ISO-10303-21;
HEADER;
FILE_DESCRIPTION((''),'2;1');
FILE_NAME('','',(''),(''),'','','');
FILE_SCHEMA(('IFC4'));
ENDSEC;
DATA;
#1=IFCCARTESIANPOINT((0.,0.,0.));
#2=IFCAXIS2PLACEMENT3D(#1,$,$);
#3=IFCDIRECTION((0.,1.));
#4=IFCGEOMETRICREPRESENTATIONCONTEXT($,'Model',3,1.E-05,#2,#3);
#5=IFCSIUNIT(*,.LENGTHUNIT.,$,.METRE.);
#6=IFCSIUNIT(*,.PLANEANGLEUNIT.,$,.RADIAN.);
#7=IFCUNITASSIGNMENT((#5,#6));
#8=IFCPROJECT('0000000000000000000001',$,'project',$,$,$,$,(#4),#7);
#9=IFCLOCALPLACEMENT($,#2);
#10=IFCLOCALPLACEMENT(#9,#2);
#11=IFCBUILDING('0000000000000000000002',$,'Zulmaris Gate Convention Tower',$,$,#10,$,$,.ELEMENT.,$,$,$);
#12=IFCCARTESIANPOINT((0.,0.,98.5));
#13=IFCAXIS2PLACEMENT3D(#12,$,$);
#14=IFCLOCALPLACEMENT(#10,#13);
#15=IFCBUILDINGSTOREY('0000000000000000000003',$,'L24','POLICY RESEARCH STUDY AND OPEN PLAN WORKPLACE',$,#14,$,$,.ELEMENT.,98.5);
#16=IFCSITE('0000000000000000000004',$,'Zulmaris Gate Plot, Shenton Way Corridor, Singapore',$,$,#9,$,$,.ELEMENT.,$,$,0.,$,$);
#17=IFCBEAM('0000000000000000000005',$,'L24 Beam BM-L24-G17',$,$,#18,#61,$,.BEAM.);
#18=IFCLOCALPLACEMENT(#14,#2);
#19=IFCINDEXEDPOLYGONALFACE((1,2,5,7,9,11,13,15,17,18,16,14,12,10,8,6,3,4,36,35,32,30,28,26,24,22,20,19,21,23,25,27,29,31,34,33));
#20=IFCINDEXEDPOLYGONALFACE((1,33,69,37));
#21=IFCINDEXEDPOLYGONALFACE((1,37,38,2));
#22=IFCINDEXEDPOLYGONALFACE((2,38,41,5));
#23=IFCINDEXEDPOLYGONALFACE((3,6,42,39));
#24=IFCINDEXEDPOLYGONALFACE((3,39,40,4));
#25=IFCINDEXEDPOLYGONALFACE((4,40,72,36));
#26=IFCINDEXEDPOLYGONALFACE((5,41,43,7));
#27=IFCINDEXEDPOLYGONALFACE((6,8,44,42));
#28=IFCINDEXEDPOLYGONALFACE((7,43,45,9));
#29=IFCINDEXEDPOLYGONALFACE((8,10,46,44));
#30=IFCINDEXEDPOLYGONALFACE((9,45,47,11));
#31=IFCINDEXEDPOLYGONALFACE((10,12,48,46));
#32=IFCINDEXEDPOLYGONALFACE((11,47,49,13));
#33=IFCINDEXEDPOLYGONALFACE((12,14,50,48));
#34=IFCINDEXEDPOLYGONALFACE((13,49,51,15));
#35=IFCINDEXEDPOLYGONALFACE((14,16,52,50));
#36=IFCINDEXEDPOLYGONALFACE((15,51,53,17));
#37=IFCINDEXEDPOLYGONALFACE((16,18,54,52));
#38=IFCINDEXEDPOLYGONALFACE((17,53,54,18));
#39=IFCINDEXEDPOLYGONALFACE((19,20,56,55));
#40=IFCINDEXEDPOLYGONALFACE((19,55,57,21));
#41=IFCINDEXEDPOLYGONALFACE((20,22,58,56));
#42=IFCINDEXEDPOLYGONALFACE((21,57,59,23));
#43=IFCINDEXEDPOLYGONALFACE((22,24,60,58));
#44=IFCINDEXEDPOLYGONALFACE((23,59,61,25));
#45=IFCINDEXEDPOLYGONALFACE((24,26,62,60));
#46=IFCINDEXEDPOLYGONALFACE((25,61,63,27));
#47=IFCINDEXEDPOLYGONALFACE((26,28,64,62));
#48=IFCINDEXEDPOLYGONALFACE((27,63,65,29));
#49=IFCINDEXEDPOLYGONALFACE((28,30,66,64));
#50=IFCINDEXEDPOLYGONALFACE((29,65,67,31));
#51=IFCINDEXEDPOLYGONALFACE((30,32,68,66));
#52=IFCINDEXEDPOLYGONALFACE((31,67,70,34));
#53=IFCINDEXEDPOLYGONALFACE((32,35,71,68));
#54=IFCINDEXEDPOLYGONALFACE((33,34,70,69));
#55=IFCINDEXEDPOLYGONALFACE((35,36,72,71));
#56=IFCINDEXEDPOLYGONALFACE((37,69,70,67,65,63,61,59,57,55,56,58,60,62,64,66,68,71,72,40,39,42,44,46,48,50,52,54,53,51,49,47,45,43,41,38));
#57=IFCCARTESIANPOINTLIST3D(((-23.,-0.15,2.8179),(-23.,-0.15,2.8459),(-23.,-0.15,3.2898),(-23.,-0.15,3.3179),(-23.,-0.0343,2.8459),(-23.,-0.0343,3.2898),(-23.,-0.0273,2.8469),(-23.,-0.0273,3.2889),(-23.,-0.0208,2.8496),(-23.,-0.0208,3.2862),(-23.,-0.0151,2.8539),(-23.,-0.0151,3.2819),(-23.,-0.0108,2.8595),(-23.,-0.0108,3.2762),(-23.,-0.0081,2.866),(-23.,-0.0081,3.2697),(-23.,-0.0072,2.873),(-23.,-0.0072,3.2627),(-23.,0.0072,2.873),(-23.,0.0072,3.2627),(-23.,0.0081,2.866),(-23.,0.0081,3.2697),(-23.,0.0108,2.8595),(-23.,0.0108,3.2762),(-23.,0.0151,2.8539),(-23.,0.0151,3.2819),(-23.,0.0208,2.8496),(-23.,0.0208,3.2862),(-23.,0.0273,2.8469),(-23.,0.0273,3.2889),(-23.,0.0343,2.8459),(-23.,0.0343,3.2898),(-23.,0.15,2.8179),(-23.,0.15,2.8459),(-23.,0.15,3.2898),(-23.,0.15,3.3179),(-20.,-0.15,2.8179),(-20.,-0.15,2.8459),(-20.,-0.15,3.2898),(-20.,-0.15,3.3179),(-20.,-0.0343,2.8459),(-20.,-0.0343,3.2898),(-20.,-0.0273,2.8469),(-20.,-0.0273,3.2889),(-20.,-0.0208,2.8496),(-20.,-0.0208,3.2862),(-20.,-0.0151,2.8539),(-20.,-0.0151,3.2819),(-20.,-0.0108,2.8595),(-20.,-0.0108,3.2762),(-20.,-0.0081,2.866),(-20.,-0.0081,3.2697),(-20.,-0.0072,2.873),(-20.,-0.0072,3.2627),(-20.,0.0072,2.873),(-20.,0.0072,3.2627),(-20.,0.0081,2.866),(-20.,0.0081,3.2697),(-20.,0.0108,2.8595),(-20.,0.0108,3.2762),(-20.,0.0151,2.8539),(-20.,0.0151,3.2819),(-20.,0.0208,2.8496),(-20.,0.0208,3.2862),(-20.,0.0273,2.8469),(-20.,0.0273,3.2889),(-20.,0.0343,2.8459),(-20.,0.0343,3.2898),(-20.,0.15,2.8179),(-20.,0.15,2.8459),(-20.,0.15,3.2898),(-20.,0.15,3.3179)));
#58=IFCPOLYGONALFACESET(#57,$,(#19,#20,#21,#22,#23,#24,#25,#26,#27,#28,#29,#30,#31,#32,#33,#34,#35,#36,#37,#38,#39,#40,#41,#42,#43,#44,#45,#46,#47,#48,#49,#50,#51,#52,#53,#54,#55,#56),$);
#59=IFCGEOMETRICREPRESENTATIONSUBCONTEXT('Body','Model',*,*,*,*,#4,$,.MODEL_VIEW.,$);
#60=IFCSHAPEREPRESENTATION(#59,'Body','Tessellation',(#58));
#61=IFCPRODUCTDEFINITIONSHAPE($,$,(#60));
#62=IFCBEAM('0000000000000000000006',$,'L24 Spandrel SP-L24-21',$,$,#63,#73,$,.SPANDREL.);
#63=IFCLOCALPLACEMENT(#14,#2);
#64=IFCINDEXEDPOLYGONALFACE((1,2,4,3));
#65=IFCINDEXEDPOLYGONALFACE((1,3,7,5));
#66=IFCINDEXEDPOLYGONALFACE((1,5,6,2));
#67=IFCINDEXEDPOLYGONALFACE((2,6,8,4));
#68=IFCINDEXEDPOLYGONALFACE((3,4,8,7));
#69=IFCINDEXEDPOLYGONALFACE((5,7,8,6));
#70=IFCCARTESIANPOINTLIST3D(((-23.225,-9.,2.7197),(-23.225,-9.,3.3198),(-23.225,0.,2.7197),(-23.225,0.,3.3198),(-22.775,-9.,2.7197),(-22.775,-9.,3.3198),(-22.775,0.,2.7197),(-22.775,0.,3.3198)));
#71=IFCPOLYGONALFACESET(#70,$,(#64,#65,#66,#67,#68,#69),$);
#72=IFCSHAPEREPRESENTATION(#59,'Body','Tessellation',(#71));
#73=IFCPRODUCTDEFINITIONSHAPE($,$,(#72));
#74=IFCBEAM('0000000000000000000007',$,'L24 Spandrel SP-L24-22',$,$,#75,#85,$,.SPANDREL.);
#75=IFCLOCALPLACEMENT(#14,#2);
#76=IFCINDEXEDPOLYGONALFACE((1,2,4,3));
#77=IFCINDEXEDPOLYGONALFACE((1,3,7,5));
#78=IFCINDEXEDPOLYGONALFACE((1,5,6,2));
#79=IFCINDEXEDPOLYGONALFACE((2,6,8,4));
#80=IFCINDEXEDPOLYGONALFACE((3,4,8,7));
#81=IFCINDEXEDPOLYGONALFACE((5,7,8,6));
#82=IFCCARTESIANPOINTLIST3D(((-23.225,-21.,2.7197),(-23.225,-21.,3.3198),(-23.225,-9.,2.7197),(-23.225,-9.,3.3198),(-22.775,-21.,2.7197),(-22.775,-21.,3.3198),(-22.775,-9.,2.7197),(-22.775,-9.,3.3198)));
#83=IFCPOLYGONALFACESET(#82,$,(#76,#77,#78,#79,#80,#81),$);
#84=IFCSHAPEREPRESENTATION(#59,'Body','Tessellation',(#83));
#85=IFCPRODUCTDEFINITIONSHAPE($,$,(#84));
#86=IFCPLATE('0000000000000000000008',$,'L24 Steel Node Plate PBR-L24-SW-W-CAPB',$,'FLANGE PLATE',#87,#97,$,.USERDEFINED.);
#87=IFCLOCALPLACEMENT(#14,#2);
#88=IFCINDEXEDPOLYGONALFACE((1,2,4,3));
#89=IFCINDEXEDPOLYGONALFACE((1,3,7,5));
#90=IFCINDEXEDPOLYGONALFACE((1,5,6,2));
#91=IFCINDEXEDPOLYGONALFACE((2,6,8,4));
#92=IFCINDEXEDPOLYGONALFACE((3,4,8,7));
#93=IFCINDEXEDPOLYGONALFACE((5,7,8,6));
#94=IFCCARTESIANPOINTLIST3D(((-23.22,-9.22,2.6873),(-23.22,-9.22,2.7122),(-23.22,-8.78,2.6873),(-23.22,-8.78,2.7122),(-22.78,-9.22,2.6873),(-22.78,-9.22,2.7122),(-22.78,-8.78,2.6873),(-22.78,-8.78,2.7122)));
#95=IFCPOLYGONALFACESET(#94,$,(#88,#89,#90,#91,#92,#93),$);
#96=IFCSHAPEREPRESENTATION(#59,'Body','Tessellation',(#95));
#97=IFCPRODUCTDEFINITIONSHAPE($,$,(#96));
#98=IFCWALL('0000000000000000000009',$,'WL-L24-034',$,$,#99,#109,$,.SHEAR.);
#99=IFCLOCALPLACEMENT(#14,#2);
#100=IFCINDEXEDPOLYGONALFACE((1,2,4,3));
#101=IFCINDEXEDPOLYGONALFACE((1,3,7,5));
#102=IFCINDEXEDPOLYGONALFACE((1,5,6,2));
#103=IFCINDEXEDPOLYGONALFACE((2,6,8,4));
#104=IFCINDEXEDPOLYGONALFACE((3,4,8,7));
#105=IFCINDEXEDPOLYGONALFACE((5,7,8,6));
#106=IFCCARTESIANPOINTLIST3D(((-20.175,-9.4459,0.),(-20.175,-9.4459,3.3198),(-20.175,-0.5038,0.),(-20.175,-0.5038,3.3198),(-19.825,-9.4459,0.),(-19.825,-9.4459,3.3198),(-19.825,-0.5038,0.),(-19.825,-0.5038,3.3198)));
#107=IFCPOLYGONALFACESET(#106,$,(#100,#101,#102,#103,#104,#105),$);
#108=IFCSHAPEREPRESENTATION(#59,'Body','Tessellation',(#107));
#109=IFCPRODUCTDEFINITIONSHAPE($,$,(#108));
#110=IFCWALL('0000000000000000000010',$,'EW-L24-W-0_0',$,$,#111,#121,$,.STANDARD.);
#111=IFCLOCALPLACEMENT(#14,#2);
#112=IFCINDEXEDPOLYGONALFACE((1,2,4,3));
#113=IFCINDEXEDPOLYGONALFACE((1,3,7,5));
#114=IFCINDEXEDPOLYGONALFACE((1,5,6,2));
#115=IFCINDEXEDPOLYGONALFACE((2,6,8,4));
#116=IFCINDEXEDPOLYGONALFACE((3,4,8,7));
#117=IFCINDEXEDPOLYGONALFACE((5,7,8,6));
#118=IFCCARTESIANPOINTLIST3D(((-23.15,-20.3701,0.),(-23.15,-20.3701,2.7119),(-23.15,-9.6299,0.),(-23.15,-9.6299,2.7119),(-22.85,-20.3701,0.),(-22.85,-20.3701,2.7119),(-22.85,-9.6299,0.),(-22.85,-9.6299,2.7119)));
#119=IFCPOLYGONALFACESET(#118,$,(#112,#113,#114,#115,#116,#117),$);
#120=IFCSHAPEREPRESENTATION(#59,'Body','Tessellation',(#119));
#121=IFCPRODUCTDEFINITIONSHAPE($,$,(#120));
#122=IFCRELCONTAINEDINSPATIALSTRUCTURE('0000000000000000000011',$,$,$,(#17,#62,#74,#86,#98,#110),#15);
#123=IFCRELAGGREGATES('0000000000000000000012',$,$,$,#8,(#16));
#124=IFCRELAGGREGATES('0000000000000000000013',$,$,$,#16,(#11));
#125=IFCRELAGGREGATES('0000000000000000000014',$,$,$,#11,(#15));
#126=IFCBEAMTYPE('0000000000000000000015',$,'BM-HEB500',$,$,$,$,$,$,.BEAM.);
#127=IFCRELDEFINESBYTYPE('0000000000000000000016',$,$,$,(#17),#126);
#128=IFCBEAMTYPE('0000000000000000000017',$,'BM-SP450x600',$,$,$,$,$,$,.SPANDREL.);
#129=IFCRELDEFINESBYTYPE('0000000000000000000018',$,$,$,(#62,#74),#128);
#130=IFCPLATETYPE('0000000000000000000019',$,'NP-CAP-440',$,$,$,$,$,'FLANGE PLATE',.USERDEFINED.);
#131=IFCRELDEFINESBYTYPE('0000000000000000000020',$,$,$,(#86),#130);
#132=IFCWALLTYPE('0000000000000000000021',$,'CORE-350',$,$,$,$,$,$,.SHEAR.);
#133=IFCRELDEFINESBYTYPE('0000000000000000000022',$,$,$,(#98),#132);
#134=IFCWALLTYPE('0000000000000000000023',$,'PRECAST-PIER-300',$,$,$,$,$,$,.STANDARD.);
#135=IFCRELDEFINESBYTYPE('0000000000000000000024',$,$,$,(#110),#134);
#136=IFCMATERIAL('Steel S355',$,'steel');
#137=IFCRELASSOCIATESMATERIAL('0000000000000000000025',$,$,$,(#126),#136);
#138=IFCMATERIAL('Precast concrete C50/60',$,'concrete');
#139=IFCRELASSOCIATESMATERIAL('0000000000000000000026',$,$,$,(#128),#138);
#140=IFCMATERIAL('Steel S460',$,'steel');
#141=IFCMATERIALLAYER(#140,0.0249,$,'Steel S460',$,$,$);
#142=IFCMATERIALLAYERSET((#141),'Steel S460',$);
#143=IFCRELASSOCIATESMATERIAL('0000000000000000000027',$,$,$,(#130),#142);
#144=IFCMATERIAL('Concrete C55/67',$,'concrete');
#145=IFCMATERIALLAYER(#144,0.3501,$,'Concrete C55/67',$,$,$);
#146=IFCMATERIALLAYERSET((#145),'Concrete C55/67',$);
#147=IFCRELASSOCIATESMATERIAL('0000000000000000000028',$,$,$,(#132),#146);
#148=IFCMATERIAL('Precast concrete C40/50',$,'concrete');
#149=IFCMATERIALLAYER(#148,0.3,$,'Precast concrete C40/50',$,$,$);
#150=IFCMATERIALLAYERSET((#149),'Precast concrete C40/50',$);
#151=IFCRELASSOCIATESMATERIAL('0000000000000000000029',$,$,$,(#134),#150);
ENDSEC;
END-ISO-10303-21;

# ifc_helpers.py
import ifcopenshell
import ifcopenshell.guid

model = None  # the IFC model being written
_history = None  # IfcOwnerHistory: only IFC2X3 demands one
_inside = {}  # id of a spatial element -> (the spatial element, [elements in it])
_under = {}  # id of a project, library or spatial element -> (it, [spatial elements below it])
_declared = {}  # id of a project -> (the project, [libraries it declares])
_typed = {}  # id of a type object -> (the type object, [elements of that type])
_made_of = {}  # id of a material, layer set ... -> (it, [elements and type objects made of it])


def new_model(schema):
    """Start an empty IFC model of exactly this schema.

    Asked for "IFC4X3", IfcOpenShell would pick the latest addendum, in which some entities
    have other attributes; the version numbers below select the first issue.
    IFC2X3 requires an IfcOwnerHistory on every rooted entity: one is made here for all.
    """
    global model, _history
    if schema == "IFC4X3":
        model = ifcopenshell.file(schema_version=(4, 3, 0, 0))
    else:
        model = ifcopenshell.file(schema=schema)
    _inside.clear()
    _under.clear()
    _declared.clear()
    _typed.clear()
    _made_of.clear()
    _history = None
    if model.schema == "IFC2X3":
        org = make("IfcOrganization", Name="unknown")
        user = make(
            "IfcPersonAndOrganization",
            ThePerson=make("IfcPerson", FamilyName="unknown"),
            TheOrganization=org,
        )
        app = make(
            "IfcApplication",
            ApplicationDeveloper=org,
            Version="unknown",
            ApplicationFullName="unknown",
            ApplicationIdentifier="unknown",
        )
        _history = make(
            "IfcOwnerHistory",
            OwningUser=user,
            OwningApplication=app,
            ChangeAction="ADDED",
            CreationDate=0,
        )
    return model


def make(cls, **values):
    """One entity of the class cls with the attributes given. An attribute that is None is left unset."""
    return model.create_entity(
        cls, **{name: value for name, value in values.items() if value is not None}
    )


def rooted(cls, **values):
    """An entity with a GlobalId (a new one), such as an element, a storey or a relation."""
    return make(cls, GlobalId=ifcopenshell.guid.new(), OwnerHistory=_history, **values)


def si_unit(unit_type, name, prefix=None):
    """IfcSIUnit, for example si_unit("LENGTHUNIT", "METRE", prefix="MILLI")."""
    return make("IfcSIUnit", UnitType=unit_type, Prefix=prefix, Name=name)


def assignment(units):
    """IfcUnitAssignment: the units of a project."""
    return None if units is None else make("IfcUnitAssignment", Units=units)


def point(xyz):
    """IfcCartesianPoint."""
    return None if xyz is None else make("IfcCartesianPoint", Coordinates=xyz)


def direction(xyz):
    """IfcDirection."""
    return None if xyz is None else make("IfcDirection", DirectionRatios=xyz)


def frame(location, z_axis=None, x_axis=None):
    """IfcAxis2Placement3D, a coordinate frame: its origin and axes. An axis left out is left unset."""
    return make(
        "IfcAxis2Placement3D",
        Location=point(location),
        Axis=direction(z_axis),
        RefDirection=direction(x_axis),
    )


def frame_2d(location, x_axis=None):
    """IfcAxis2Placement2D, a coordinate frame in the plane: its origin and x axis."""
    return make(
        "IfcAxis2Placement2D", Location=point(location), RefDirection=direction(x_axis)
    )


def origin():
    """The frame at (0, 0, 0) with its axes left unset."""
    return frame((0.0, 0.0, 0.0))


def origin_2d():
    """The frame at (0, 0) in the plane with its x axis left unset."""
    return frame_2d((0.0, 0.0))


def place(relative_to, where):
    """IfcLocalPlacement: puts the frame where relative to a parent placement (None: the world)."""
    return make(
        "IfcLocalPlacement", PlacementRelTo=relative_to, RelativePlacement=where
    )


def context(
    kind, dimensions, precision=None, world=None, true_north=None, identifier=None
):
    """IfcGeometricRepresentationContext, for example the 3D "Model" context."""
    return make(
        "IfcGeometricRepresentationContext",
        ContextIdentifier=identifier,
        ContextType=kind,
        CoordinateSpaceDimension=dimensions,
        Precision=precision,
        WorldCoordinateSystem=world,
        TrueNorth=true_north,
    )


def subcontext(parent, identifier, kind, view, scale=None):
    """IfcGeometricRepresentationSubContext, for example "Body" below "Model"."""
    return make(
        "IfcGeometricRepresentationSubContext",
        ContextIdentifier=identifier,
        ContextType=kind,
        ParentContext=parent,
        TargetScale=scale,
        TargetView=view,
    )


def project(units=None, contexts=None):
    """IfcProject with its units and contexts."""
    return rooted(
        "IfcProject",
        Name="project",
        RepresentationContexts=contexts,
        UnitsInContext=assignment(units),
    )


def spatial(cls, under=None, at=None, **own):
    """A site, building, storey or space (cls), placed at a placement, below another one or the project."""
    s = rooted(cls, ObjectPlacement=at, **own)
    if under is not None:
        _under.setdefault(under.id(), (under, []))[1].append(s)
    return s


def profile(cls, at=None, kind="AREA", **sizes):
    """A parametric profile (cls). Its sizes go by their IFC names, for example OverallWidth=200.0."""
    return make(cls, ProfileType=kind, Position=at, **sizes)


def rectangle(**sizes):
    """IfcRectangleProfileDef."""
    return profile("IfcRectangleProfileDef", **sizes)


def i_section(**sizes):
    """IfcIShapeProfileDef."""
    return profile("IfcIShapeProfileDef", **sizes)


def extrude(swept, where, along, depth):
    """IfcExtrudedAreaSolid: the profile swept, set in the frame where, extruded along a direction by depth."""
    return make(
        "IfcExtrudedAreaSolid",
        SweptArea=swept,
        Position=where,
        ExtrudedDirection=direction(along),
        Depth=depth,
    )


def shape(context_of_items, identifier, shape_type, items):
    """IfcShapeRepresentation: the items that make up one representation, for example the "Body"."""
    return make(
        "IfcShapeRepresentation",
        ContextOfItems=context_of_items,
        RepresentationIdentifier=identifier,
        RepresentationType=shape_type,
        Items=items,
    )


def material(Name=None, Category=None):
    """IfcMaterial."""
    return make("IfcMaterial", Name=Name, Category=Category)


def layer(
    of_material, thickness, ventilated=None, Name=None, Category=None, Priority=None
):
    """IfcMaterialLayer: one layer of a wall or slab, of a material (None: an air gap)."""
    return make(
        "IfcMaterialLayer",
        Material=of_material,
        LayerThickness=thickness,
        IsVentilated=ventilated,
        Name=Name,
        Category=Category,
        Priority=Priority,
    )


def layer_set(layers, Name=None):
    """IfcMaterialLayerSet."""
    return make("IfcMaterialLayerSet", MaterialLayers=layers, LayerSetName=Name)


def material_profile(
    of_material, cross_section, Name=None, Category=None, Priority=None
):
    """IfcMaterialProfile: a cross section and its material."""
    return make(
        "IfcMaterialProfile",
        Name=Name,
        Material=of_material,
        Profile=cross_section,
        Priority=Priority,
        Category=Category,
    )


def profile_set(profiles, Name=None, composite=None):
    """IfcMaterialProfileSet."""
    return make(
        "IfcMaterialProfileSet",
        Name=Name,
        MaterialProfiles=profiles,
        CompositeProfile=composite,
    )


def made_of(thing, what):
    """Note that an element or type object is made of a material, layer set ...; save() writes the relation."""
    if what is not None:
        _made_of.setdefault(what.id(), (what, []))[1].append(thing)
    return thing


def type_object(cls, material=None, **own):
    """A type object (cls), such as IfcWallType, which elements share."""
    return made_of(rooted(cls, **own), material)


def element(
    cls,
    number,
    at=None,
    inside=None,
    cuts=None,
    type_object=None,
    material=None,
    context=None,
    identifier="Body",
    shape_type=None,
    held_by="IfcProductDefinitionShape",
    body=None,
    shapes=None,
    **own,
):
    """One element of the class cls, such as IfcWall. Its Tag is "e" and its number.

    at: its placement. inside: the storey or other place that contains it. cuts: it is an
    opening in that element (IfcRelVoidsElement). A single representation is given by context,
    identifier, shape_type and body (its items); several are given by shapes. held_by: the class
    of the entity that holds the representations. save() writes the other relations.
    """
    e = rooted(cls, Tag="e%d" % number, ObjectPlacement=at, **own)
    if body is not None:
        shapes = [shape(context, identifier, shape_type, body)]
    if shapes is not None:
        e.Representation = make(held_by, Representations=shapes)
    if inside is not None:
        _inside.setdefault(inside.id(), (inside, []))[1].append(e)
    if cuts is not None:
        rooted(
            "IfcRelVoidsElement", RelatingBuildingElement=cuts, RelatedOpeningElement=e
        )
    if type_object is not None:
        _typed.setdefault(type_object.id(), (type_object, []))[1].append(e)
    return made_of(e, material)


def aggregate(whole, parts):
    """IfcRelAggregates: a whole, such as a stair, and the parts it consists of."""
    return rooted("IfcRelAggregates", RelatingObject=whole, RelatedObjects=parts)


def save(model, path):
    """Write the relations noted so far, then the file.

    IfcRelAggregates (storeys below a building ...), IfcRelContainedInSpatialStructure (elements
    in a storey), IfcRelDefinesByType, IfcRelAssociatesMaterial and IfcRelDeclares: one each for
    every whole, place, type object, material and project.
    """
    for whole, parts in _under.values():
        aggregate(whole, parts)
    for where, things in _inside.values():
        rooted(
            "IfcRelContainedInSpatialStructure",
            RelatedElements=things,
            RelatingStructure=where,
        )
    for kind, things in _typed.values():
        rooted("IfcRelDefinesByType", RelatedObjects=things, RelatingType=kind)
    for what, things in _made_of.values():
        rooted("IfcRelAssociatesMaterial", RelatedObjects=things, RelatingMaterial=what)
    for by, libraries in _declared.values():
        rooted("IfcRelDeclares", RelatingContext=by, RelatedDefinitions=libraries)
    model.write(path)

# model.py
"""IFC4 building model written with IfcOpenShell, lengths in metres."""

from ifc_helpers import new_model, si_unit, direction, frame, frame_2d, origin, origin_2d, place, context, subcontext, project, spatial, rectangle, i_section, extrude, material, layer, layer_set, material_profile, profile_set, type_object, element, save


model = new_model("IFC4")

# Units and contexts
model_context = context("Model", 3, precision=1e-05, world=origin(), true_north=direction((0.0, 1.0)))
body_context = subcontext(model_context, "Body", "Model", "MODEL_VIEW")
ifc_project = project(units=[si_unit("LENGTHUNIT", "METRE"), si_unit("PLANEANGLEUNIT", "RADIAN")], contexts=[model_context])

# Site, building, storey
site_placement = place(None, origin())
site = spatial("IfcSite", under=ifc_project, at=site_placement, Name="Zulmaris Gate Plot, Shenton Way Corridor, Singapore", CompositionType="ELEMENT", RefElevation=0.0)
building_placement = place(site_placement, origin())
building = spatial("IfcBuilding", under=site, at=building_placement, Name="Zulmaris Gate Convention Tower", CompositionType="ELEMENT")
storey_placement = place(building_placement, frame((0.0, 0.0, 98.5)))
storey = spatial("IfcBuildingStorey", under=building, at=storey_placement, Name="L24", Description="POLICY RESEARCH STUDY AND OPEN PLAN WORKPLACE", CompositionType="ELEMENT", Elevation=98.5)

# Beams
ifc_material_1 = material(Name="Steel S355", Category="steel")
ifc_material_profile_1 = material_profile(ifc_material_1, i_section(OverallWidth=0.3, OverallDepth=0.5, WebThickness=0.0144, FlangeThickness=0.0281, FilletRadius=0.0271, at=origin_2d()), Name="HEB 500")
ifc_profile_set_1 = profile_set([ifc_material_profile_1], Name="Steel S355")
beam_type_1 = type_object("IfcBeamType", Name="BM-HEB500", PredefinedType="BEAM", material=ifc_profile_set_1)
for number, where, z_axis, x_axis, name in (
    (1, (-23.0, 0.0, 3.0679), (1.0, 0.0, 0.0), (0.0, 1.0, 0.0), "L24 Beam BM-L24-G17"),
):
    element("IfcBeam", number, at=place(storey_placement, frame(where, z_axis=z_axis, x_axis=x_axis)), inside=storey, type_object=beam_type_1, Name=name, PredefinedType="BEAM", context=body_context, shape_type="SweptSolid", body=[
        extrude(i_section(OverallWidth=0.3, OverallDepth=0.5, WebThickness=0.0144, FlangeThickness=0.0281, FilletRadius=0.0271, at=origin_2d()), origin(), (0.0, 0.0, 1.0), 3.0),
    ])
ifc_material_2 = material(Name="Precast concrete C50/60", Category="concrete")
ifc_material_profile_2 = material_profile(ifc_material_2, rectangle(XDim=0.45, YDim=0.6001, at=origin_2d()), Name="RC SPANDREL 450x600")
ifc_profile_set_2 = profile_set([ifc_material_profile_2], Name="Precast concrete C50/60")
beam_type_2 = type_object("IfcBeamType", Name="BM-SP450x600", PredefinedType="SPANDREL", material=ifc_profile_set_2)
beam_1_placement = place(storey_placement, frame((-23.0, 0.0, 3.0198), z_axis=(0.0, -1.0, 0.0), x_axis=(1.0, 0.0, 0.0)))
element("IfcBeam", 2, at=beam_1_placement, inside=storey, type_object=beam_type_2, Name="L24 Spandrel SP-L24-21", PredefinedType="SPANDREL", context=body_context, shape_type="SweptSolid", body=[
    extrude(rectangle(XDim=0.45, YDim=0.6001, at=origin_2d()), origin(), (0.0, 0.0, 1.0), 9.0),
])
beam_2_placement = place(storey_placement, frame((-23.0, -9.0, 3.0198), z_axis=(0.0, -1.0, 0.0), x_axis=(1.0, 0.0, 0.0)))
element("IfcBeam", 3, at=beam_2_placement, inside=storey, type_object=beam_type_2, Name="L24 Spandrel SP-L24-22", PredefinedType="SPANDREL", context=body_context, shape_type="SweptSolid", body=[
    extrude(rectangle(XDim=0.45, YDim=0.6001, at=origin_2d()), origin(), (0.0, 0.0, 1.0), 12.0),
])

# Plate
ifc_material_3 = material(Name="Steel S460", Category="steel")
ifc_layer_1 = layer(ifc_material_3, 0.0249, Name="Steel S460")
ifc_layer_set_1 = layer_set([ifc_layer_1], Name="Steel S460")
plate_type = type_object("IfcPlateType", Name="NP-CAP-440", ElementType="FLANGE PLATE", PredefinedType="USERDEFINED", material=ifc_layer_set_1)
plate_placement = place(storey_placement, frame((-23.0, -9.0, 2.6873), z_axis=(0.0, 0.0, 1.0), x_axis=(1.0, 0.0, 0.0)))
element("IfcPlate", 4, at=plate_placement, inside=storey, type_object=plate_type, Name="L24 Steel Node Plate PBR-L24-SW-W-CAPB", ObjectType="FLANGE PLATE", PredefinedType="USERDEFINED", context=body_context, shape_type="SweptSolid", body=[
    extrude(rectangle(XDim=0.4399, YDim=0.4399, at=origin_2d()), origin(), (0.0, 0.0, 1.0), 0.0249),
])

# Walls
ifc_material_4 = material(Name="Concrete C55/67", Category="concrete")
ifc_layer_2 = layer(ifc_material_4, 0.3501, Name="Concrete C55/67")
ifc_layer_set_2 = layer_set([ifc_layer_2], Name="Concrete C55/67")
wall_type_1 = type_object("IfcWallType", Name="CORE-350", PredefinedType="SHEAR", material=ifc_layer_set_2)
wall_1_placement = place(storey_placement, frame((-20.0, -9.446, 0.0), z_axis=(0.0, 0.0, 1.0), x_axis=(0.0, 1.0, 0.0)))
element("IfcWall", 5, at=wall_1_placement, inside=storey, type_object=wall_type_1, Name="WL-L24-034", PredefinedType="SHEAR", context=body_context, shape_type="SweptSolid", body=[
    extrude(rectangle(XDim=8.9421, YDim=0.3501, at=frame_2d((4.4712, 0.0))), origin(), (0.0, 0.0, 1.0), 3.3198),
])
ifc_material_5 = material(Name="Precast concrete C40/50", Category="concrete")
ifc_layer_3 = layer(ifc_material_5, 0.3, Name="Precast concrete C40/50")
ifc_layer_set_3 = layer_set([ifc_layer_3], Name="Precast concrete C40/50")
wall_type_2 = type_object("IfcWallType", Name="PRECAST-PIER-300", PredefinedType="STANDARD", material=ifc_layer_set_3)
wall_2_placement = place(storey_placement, frame((-23.0, -9.6299, 0.0), z_axis=(0.0, 0.0, 1.0), x_axis=(0.0, -1.0, 0.0)))
element("IfcWall", 6, at=wall_2_placement, inside=storey, type_object=wall_type_2, Name="EW-L24-W-0_0", PredefinedType="STANDARD", context=body_context, shape_type="SweptSolid", body=[
    extrude(rectangle(XDim=10.7402, YDim=0.3, at=frame_2d((5.3701, 0.0))), origin(), (0.0, 0.0, 1.0), 2.7119),
])

save(model, "model.ifc")
